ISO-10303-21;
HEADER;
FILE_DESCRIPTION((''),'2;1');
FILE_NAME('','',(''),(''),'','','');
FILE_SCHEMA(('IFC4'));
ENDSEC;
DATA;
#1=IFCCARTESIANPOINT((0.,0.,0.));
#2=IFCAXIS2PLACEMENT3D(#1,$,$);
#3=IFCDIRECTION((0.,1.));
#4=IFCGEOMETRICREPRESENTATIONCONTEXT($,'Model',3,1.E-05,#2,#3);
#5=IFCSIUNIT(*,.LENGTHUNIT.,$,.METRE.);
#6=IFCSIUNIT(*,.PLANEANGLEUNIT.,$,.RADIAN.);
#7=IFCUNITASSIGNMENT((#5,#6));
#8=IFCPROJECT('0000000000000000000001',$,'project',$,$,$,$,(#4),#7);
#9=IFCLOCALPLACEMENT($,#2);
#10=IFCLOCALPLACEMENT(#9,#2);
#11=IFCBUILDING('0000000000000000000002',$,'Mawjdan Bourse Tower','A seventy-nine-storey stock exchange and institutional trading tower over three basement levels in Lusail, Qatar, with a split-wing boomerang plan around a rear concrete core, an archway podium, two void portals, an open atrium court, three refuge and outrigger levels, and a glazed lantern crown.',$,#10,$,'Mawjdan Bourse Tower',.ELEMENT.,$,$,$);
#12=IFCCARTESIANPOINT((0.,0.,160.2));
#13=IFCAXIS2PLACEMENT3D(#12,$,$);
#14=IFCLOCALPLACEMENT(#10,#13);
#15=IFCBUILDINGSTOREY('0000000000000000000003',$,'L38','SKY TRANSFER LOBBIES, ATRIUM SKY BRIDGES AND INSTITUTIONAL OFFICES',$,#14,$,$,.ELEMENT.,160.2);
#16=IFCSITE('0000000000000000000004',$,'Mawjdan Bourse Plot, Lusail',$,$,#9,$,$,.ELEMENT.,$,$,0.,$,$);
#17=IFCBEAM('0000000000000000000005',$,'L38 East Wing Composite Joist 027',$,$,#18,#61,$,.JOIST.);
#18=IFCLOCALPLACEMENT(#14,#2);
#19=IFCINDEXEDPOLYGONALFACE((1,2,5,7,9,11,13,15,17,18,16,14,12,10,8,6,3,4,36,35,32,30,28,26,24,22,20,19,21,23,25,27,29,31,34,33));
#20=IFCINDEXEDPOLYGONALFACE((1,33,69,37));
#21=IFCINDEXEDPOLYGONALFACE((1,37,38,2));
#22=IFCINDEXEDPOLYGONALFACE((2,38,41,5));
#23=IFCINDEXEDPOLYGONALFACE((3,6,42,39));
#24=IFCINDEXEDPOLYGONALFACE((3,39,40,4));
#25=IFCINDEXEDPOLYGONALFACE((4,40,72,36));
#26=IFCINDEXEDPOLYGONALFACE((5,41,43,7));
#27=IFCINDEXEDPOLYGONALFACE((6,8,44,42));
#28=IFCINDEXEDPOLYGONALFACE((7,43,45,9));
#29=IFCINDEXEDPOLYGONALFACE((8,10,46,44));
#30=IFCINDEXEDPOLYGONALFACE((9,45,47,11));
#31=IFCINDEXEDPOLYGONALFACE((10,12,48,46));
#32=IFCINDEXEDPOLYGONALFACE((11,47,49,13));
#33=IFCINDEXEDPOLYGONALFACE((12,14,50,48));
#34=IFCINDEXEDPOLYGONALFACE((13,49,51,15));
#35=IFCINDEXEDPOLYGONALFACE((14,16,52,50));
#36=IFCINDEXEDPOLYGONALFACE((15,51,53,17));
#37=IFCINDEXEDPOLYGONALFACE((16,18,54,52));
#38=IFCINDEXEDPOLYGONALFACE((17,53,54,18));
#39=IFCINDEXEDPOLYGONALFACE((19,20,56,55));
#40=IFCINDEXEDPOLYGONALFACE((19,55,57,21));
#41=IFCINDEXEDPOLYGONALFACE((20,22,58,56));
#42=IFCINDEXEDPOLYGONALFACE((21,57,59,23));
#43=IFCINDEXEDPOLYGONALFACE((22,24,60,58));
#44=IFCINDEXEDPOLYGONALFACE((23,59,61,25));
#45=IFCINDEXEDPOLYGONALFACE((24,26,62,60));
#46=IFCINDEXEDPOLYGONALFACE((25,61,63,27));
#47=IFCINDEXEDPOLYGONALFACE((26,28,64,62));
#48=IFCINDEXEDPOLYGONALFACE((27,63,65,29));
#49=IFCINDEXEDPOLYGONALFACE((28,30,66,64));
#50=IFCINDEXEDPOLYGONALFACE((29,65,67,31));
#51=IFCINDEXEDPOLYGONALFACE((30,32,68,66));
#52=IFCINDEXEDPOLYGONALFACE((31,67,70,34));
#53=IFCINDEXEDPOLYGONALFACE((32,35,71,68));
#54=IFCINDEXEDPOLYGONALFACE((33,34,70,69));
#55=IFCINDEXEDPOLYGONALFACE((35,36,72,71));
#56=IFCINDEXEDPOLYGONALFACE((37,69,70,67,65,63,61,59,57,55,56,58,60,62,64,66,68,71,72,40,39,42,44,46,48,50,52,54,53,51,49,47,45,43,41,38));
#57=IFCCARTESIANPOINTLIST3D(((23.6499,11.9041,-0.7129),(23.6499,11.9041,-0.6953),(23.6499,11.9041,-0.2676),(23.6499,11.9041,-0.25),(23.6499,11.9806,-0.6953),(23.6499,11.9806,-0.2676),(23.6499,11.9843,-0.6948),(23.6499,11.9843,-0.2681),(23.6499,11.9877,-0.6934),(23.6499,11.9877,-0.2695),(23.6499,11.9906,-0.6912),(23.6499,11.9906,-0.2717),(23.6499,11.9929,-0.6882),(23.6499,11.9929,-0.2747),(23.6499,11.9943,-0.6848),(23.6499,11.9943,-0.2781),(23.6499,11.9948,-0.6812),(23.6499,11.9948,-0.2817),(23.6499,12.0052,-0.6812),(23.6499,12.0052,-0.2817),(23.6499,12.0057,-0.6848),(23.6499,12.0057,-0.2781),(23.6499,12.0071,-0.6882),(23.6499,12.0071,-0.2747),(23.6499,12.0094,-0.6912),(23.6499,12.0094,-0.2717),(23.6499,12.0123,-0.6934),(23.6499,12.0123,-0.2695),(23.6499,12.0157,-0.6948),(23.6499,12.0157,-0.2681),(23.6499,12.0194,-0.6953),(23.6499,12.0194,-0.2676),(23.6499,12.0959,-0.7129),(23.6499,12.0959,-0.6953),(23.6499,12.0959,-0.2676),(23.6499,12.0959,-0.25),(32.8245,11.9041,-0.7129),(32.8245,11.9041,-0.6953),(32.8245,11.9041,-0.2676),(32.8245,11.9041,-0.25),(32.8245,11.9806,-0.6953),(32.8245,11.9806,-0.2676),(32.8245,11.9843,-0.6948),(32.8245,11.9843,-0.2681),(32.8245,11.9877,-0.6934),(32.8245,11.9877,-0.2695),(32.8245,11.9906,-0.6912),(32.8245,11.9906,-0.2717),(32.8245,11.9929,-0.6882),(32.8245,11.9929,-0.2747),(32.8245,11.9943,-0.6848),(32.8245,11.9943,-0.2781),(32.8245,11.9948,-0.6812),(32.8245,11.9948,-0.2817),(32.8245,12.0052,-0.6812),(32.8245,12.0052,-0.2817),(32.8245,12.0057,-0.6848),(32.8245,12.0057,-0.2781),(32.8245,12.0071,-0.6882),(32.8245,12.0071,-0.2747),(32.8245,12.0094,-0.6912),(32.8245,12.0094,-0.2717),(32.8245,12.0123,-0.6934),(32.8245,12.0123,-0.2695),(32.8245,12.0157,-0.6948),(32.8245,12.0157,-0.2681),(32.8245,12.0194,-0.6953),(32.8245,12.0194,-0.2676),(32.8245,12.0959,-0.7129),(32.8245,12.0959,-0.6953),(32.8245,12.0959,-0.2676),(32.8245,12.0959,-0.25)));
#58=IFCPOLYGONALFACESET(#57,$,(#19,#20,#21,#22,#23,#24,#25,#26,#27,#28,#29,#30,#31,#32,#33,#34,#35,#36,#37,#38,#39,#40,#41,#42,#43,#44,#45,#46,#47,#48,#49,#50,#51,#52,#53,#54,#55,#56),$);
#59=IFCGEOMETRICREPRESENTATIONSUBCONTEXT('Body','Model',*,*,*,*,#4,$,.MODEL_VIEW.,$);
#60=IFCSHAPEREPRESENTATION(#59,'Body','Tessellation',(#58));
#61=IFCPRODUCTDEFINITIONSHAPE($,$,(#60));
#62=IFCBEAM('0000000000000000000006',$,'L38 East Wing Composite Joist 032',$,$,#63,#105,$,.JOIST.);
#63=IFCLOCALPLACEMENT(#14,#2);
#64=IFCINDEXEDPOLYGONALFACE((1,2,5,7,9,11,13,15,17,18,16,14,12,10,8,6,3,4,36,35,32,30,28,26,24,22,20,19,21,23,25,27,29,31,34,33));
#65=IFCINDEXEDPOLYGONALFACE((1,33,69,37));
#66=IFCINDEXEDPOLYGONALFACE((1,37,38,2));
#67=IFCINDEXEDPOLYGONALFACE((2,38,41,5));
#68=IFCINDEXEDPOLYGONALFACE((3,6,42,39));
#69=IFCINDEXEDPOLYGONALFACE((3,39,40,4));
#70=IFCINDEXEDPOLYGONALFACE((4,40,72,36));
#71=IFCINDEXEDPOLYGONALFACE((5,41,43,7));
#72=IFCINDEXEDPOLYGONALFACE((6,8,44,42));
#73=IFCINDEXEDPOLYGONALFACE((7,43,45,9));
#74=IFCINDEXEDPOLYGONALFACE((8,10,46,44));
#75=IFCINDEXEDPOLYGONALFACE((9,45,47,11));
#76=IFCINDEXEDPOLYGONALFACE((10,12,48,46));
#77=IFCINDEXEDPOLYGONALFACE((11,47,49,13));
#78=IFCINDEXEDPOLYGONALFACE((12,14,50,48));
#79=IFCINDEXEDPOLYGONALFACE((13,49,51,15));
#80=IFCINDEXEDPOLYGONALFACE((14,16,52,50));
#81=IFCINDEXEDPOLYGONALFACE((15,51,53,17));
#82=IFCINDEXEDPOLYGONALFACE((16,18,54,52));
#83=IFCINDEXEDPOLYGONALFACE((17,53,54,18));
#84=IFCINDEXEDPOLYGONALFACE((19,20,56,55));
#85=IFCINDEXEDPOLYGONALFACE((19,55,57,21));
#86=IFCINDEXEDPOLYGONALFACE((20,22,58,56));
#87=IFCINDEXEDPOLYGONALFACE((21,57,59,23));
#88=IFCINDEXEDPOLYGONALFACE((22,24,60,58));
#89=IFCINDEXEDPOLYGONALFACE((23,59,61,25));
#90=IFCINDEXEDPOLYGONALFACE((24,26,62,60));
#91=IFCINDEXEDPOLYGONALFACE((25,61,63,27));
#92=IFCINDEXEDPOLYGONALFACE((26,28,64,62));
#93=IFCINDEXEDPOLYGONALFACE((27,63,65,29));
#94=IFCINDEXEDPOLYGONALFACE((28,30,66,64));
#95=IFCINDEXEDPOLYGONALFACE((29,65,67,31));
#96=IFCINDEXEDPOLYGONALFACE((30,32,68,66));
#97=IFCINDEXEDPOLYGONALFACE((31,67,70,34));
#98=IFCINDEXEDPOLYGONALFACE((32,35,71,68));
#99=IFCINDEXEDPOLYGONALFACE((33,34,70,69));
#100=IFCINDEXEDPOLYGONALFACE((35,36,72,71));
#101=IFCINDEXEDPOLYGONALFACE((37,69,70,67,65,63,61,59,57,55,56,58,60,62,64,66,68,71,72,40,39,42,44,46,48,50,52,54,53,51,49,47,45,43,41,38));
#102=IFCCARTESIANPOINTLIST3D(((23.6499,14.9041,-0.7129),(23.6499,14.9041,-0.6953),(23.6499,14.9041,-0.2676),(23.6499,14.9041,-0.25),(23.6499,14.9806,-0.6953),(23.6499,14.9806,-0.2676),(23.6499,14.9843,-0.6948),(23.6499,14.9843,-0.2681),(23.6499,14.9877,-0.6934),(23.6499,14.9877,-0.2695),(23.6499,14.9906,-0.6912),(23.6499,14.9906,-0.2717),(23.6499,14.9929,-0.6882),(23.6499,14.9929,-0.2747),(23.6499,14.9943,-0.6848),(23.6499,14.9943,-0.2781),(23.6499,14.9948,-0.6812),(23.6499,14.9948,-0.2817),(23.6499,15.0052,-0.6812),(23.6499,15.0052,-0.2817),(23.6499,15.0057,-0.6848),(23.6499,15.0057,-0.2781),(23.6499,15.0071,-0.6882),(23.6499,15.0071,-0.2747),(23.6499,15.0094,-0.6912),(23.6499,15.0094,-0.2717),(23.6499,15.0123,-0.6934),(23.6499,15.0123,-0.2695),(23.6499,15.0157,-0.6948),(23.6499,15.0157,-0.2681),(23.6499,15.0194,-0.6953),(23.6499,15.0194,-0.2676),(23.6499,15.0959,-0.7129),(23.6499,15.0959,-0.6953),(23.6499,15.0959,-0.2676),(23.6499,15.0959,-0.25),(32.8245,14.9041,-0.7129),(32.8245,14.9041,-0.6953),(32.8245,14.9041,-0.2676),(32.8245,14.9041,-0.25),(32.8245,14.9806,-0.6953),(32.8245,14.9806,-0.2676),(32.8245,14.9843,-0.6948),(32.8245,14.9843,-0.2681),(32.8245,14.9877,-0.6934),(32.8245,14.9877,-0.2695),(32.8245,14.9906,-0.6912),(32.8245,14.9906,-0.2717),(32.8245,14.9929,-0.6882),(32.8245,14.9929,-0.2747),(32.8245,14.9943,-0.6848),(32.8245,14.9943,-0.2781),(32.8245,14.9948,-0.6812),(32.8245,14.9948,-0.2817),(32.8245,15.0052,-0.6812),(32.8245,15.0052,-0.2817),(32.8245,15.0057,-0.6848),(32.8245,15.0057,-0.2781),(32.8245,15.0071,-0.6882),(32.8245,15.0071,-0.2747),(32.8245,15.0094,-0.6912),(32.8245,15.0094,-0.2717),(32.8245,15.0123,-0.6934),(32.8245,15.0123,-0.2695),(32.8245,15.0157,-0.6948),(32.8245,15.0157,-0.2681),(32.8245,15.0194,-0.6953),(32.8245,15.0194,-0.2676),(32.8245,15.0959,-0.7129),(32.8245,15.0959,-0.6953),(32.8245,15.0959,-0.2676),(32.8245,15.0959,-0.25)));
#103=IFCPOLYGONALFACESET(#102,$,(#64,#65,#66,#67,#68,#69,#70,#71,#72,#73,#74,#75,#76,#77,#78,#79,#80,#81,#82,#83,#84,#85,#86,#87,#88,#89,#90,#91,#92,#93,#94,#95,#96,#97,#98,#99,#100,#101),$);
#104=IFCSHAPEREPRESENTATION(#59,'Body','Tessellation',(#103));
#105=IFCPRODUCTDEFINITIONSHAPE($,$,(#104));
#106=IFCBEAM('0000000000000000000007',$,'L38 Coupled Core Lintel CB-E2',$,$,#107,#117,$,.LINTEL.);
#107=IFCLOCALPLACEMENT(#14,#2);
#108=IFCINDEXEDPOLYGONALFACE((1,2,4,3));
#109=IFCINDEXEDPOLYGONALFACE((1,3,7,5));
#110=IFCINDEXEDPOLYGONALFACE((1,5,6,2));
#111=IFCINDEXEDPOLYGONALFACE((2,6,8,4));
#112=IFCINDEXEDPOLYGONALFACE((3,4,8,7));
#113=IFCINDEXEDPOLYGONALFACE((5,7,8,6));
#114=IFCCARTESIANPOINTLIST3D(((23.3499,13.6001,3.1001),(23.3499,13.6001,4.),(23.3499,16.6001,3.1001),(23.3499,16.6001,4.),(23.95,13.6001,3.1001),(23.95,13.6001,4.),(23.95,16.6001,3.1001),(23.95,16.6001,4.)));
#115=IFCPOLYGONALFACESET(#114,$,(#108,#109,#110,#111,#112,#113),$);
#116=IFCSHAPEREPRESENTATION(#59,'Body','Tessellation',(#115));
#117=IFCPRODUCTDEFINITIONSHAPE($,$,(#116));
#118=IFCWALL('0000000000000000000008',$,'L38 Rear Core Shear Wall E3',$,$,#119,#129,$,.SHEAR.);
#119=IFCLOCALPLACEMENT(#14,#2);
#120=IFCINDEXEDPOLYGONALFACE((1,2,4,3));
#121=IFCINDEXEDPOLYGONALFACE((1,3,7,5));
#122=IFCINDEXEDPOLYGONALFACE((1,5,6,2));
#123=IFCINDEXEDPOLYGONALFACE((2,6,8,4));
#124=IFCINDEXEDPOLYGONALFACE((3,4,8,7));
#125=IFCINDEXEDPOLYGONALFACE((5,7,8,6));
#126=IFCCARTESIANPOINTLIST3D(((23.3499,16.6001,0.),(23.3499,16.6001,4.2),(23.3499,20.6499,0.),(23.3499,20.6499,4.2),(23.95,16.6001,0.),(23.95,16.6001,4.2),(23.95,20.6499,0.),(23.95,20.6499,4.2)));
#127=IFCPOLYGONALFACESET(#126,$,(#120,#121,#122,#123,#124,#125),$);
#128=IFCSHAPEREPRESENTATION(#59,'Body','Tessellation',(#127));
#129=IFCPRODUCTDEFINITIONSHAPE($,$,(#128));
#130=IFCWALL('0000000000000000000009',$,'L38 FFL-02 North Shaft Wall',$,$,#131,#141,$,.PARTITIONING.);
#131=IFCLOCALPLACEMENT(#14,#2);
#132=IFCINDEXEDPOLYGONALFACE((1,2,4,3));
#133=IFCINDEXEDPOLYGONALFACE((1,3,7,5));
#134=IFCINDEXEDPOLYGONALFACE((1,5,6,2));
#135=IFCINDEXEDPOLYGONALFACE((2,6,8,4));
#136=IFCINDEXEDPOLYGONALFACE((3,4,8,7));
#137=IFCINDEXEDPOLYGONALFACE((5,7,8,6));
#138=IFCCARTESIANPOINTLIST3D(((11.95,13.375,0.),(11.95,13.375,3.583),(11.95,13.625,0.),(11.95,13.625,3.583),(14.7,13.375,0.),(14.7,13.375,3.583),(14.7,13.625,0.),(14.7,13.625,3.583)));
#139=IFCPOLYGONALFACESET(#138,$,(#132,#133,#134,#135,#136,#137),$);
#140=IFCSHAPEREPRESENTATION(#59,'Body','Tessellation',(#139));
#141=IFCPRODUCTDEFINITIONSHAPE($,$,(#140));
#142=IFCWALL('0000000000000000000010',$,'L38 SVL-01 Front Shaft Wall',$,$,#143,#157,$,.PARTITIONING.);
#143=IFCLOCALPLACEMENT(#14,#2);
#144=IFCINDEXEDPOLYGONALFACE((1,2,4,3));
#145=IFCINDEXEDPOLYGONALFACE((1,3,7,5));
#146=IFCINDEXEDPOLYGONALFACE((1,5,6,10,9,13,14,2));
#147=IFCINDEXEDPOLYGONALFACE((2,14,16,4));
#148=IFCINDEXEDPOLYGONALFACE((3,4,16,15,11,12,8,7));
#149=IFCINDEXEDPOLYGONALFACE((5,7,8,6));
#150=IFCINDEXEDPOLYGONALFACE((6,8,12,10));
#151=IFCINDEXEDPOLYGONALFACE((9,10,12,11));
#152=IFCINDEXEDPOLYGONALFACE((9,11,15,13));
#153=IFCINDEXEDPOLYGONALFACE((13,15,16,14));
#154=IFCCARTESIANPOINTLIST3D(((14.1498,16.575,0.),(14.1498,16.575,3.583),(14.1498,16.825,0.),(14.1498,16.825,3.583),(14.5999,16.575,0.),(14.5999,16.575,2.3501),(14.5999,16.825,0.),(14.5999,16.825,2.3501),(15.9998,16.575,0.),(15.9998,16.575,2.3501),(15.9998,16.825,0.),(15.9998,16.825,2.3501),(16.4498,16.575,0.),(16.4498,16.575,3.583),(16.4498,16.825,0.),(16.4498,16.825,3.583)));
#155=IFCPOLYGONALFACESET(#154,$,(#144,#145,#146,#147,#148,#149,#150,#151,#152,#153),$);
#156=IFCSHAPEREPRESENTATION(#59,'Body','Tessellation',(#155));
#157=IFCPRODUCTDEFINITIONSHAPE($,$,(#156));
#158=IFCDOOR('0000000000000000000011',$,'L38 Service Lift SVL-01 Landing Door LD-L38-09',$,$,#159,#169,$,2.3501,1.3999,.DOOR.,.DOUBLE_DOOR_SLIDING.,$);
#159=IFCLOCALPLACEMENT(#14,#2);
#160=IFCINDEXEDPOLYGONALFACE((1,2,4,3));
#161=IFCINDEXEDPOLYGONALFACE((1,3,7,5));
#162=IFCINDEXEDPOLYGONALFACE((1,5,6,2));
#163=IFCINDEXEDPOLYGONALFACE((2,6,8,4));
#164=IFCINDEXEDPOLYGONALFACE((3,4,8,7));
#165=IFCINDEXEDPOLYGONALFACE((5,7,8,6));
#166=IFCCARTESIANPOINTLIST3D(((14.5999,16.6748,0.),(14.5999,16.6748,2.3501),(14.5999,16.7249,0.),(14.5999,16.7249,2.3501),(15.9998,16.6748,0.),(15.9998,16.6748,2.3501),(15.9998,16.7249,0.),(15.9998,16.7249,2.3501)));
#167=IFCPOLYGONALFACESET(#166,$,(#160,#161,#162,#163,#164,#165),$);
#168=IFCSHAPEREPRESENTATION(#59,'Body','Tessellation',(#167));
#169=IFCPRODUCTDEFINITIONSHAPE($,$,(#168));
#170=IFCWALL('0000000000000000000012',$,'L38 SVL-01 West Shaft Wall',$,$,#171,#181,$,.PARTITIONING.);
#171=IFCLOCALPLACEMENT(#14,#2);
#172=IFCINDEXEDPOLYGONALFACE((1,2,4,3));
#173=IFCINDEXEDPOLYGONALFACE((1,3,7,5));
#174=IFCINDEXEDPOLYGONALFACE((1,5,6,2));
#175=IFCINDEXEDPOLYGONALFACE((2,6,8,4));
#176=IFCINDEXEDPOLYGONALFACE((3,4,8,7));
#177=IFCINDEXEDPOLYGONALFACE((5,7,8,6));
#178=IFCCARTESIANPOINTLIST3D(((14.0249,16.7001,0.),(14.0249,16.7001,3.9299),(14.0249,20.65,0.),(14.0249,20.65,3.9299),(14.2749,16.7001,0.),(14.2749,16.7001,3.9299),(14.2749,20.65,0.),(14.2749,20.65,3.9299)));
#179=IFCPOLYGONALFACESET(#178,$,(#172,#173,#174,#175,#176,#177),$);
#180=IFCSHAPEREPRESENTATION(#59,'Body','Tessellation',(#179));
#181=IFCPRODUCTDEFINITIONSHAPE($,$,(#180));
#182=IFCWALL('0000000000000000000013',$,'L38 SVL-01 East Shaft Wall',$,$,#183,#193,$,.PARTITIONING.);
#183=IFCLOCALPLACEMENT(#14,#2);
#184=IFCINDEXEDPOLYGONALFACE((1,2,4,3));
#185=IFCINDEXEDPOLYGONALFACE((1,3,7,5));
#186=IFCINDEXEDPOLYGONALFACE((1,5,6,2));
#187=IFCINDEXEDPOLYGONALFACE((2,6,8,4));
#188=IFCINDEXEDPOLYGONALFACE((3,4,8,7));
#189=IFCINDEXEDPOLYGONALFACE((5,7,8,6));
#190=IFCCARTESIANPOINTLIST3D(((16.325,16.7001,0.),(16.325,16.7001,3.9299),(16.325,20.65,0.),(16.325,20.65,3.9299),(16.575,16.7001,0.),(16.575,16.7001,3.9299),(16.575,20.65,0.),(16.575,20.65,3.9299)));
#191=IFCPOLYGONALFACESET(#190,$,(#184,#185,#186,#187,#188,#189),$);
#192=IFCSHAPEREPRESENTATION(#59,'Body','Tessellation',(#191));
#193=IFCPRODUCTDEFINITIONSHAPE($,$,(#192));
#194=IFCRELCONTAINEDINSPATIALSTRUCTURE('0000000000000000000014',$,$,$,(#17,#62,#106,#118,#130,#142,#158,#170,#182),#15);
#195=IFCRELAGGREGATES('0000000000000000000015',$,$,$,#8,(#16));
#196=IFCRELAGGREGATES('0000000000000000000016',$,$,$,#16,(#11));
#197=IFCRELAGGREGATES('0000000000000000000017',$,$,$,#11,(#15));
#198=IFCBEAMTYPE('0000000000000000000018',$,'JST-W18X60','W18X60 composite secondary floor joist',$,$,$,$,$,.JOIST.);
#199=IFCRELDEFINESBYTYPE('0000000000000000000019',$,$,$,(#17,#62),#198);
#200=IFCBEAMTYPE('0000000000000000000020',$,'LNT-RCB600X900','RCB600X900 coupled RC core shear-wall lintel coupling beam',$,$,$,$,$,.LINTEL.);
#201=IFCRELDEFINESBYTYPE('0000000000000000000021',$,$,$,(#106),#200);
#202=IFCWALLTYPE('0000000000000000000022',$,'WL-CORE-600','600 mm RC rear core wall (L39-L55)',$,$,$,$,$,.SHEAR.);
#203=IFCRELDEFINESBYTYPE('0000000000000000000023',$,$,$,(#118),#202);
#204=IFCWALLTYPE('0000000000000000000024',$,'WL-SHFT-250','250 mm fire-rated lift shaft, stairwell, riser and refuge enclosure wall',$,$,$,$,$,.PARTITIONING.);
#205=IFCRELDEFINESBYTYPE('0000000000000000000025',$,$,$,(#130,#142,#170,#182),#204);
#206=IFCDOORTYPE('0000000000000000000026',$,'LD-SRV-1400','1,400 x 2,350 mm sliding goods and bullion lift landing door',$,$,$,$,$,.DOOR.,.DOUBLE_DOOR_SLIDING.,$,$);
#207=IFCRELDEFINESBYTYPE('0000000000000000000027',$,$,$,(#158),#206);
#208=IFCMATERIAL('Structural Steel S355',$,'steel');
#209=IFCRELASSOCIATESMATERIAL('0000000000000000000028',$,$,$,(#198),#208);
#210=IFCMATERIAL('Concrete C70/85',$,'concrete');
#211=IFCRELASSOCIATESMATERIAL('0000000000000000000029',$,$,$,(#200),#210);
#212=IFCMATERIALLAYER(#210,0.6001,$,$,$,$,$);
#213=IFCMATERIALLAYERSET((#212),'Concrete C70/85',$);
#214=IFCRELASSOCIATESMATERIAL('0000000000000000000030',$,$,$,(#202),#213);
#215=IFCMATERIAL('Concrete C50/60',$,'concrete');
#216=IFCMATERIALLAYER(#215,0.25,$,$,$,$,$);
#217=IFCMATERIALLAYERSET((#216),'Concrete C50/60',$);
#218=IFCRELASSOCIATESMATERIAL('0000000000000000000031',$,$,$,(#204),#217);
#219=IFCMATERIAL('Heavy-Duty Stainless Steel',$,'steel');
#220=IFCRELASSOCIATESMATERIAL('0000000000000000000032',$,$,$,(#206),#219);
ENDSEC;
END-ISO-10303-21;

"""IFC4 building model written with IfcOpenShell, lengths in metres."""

from ifc_helpers import new_model, si_unit, direction, frame, frame_2d, origin, origin_2d, place, context, subcontext, project, spatial, rectangle, i_section, extrude, material, layer, layer_set, material_profile, profile_set, type_object, element, fill, save


model = new_model("IFC4")

# Units and contexts
model_context = context("Model", 3, precision=1e-05, world=origin(), true_north=direction((0.0, 1.0)))
body_context = subcontext(model_context, "Body", "Model", "MODEL_VIEW")
ifc_project = project(units=[si_unit("LENGTHUNIT", "METRE"), si_unit("PLANEANGLEUNIT", "RADIAN")], contexts=[model_context])

# Site, building, storey
site_placement = place(None, origin())
site = spatial("IfcSite", under=ifc_project, at=site_placement, Name="Mawjdan Bourse Plot, Lusail", CompositionType="ELEMENT", RefElevation=0.0)
building_placement = place(site_placement, origin())
building = spatial("IfcBuilding", under=site, at=building_placement, Name="Mawjdan Bourse Tower", Description="A seventy-nine-storey stock exchange and institutional trading tower over three basement levels in Lusail, Qatar, with a split-wing boomerang plan around a rear concrete core, an archway podium, two void portals, an open atrium court, three refuge and outrigger levels, and a glazed lantern crown.", LongName="Mawjdan Bourse Tower", CompositionType="ELEMENT")
storey_placement = place(building_placement, frame((0.0, 0.0, 160.2)))
storey = spatial("IfcBuildingStorey", under=building, at=storey_placement, Name="L38", Description="SKY TRANSFER LOBBIES, ATRIUM SKY BRIDGES AND INSTITUTIONAL OFFICES", CompositionType="ELEMENT", Elevation=160.2)

# Beams
ifc_material_1 = material(Name="Structural Steel S355", Category="steel")
ifc_material_profile_1 = material_profile(ifc_material_1, i_section(OverallWidth=0.1919, OverallDepth=0.4629, WebThickness=0.0105, FlangeThickness=0.0176, FilletRadius=0.0142, at=origin_2d()), Name="W18X60")
ifc_profile_set_1 = profile_set([ifc_material_profile_1], Name="Structural Steel S355")
beam_type_1 = type_object("IfcBeamType", Name="JST-W18X60", Description="W18X60 composite secondary floor joist", PredefinedType="JOIST", material=ifc_profile_set_1)
for number, where, z_axis, x_axis, name in (
    (1, (23.6499, 12.0, -0.4814), (1.0, 0.0, 0.0), (0.0, 1.0, 0.0), "L38 East Wing Composite Joist 027"),
    (2, (23.6499, 15.0, -0.4814), (1.0, 0.0, 0.0), (0.0, 1.0, 0.0), "L38 East Wing Composite Joist 032"),
):
    element("IfcBeam", number, at=place(storey_placement, frame(where, z_axis=z_axis, x_axis=x_axis)), inside=storey, type_object=beam_type_1, Name=name, PredefinedType="JOIST", context=body_context, shape_type="SweptSolid", body=[
        extrude(i_section(OverallWidth=0.1919, OverallDepth=0.4629, WebThickness=0.0105, FlangeThickness=0.0176, FilletRadius=0.0142, at=origin_2d()), origin(), (0.0, 0.0, 1.0), 9.1746),
    ])
ifc_material_2 = material(Name="Concrete C70/85", Category="concrete")
ifc_material_profile_2 = material_profile(ifc_material_2, rectangle(XDim=0.6001, YDim=0.8999, at=origin_2d()), Name="RCB600X900")
ifc_profile_set_2 = profile_set([ifc_material_profile_2], Name="Concrete C70/85")
beam_type_2 = type_object("IfcBeamType", Name="LNT-RCB600X900", Description="RCB600X900 coupled RC core shear-wall lintel coupling beam", PredefinedType="LINTEL", material=ifc_profile_set_2)
beam_placement = place(storey_placement, frame((23.6499, 13.6001, 3.55), z_axis=(0.0, 1.0, 0.0), x_axis=(-1.0, 0.0, 0.0)))
element("IfcBeam", 3, at=beam_placement, inside=storey, type_object=beam_type_2, Name="L38 Coupled Core Lintel CB-E2", PredefinedType="LINTEL", context=body_context, shape_type="SweptSolid", body=[
    extrude(rectangle(XDim=0.6001, YDim=0.8999, at=origin_2d()), origin(), (0.0, 0.0, 1.0), 3.0),
])

# Walls
ifc_layer_1 = layer(ifc_material_2, 0.6001)
ifc_layer_set_1 = layer_set([ifc_layer_1], Name="Concrete C70/85")
wall_type_1 = type_object("IfcWallType", Name="WL-CORE-600", Description="600 mm RC rear core wall (L39-L55)", PredefinedType="SHEAR", material=ifc_layer_set_1)
wall_1_placement = place(storey_placement, frame((23.6499, 16.6001, 0.0), z_axis=(0.0, 0.0, 1.0), x_axis=(0.0, 1.0, 0.0)))
element("IfcWall", 4, at=wall_1_placement, inside=storey, type_object=wall_type_1, Name="L38 Rear Core Shear Wall E3", PredefinedType="SHEAR", context=body_context, shape_type="SweptSolid", body=[
    extrude(rectangle(XDim=4.0498, YDim=0.6001, at=frame_2d((2.0249, 0.0))), origin(), (0.0, 0.0, 1.0), 4.2),
])
ifc_material_3 = material(Name="Concrete C50/60", Category="concrete")
ifc_layer_2 = layer(ifc_material_3, 0.25)
ifc_layer_set_2 = layer_set([ifc_layer_2], Name="Concrete C50/60")
wall_type_2 = type_object("IfcWallType", Name="WL-SHFT-250", Description="250 mm fire-rated lift shaft, stairwell, riser and refuge enclosure wall", PredefinedType="PARTITIONING", material=ifc_layer_set_2)
wall_2_placement = place(storey_placement, frame((11.95, 13.5, 0.0), z_axis=(0.0, 0.0, 1.0), x_axis=(1.0, 0.0, 0.0)))
element("IfcWall", 5, at=wall_2_placement, inside=storey, type_object=wall_type_2, Name="L38 FFL-02 North Shaft Wall", PredefinedType="PARTITIONING", context=body_context, shape_type="SweptSolid", body=[
    extrude(rectangle(XDim=2.75, YDim=0.25, at=frame_2d((1.375, 0.0))), origin(), (0.0, 0.0, 1.0), 3.583),
])

# Wall, opening, door
wall_3_placement = place(storey_placement, frame((14.1499, 16.7, 0.0), z_axis=(0.0, 0.0, 1.0), x_axis=(1.0, 0.0, 0.0)))
wall_3 = element("IfcWall", 6, at=wall_3_placement, inside=storey, type_object=wall_type_2, Name="L38 SVL-01 Front Shaft Wall", PredefinedType="PARTITIONING", context=body_context, shape_type="SweptSolid", body=[
    extrude(rectangle(XDim=2.3, YDim=0.25, at=frame_2d((1.1499, 0.0))), origin(), (0.0, 0.0, 1.0), 3.583),
])
opening_1_placement = place(wall_3_placement, frame((0.45, 0.0, 0.0)))
opening_1 = element("IfcOpeningElement", 7, at=opening_1_placement, cuts=wall_3, PredefinedType="OPENING", context=body_context, shape_type="SweptSolid", body=[
    extrude(rectangle(XDim=1.3999, YDim=2.3501, at=frame_2d((0.7, 1.175))), frame((0.0, 0.135, 0.0), z_axis=(0.0, -1.0, 0.0), x_axis=(1.0, 0.0, 0.0)), (0.0, 0.0, 1.0), 0.27),
])
ifc_material_4 = material(Name="Heavy-Duty Stainless Steel", Category="steel")
door_type_1 = type_object("IfcDoorType", Name="LD-SRV-1400", Description="1,400 x 2,350 mm sliding goods and bullion lift landing door", OperationType="DOUBLE_DOOR_SLIDING", PredefinedType="DOOR", material=ifc_material_4)
door_1_placement = place(opening_1_placement, origin())
door_1 = element("IfcDoor", 8, at=door_1_placement, inside=storey, type_object=door_type_1, Name="L38 Service Lift SVL-01 Landing Door LD-L38-09", OperationType="DOUBLE_DOOR_SLIDING", OverallHeight=2.3501, OverallWidth=1.3999, PredefinedType="DOOR", context=body_context, shape_type="SweptSolid", body=[
    extrude(rectangle(XDim=1.3999, YDim=2.3501, at=frame_2d((0.7, 1.175))), frame((0.0, 0.0249, 0.0), z_axis=(0.0, -1.0, 0.0), x_axis=(1.0, 0.0, 0.0)), (0.0, 0.0, 1.0), 0.05),
])
fill(opening_1, door_1)

# Walls
for number, where, z_axis, x_axis, name in (
    (9, (14.1499, 16.7, 0.0), (0.0, 0.0, 1.0), (0.0, 1.0, 0.0), "L38 SVL-01 West Shaft Wall"),
    (10, (16.45, 16.7, 0.0), (0.0, 0.0, 1.0), (0.0, 1.0, 0.0), "L38 SVL-01 East Shaft Wall"),
):
    element("IfcWall", number, at=place(storey_placement, frame(where, z_axis=z_axis, x_axis=x_axis)), inside=storey, type_object=wall_type_2, Name=name, PredefinedType="PARTITIONING", context=body_context, shape_type="SweptSolid", body=[
        extrude(rectangle(XDim=3.95, YDim=0.25, at=frame_2d((1.9751, 0.0))), origin(), (0.0, 0.0, 1.0), 3.9299),
    ])

save(model, "model.ifc")
